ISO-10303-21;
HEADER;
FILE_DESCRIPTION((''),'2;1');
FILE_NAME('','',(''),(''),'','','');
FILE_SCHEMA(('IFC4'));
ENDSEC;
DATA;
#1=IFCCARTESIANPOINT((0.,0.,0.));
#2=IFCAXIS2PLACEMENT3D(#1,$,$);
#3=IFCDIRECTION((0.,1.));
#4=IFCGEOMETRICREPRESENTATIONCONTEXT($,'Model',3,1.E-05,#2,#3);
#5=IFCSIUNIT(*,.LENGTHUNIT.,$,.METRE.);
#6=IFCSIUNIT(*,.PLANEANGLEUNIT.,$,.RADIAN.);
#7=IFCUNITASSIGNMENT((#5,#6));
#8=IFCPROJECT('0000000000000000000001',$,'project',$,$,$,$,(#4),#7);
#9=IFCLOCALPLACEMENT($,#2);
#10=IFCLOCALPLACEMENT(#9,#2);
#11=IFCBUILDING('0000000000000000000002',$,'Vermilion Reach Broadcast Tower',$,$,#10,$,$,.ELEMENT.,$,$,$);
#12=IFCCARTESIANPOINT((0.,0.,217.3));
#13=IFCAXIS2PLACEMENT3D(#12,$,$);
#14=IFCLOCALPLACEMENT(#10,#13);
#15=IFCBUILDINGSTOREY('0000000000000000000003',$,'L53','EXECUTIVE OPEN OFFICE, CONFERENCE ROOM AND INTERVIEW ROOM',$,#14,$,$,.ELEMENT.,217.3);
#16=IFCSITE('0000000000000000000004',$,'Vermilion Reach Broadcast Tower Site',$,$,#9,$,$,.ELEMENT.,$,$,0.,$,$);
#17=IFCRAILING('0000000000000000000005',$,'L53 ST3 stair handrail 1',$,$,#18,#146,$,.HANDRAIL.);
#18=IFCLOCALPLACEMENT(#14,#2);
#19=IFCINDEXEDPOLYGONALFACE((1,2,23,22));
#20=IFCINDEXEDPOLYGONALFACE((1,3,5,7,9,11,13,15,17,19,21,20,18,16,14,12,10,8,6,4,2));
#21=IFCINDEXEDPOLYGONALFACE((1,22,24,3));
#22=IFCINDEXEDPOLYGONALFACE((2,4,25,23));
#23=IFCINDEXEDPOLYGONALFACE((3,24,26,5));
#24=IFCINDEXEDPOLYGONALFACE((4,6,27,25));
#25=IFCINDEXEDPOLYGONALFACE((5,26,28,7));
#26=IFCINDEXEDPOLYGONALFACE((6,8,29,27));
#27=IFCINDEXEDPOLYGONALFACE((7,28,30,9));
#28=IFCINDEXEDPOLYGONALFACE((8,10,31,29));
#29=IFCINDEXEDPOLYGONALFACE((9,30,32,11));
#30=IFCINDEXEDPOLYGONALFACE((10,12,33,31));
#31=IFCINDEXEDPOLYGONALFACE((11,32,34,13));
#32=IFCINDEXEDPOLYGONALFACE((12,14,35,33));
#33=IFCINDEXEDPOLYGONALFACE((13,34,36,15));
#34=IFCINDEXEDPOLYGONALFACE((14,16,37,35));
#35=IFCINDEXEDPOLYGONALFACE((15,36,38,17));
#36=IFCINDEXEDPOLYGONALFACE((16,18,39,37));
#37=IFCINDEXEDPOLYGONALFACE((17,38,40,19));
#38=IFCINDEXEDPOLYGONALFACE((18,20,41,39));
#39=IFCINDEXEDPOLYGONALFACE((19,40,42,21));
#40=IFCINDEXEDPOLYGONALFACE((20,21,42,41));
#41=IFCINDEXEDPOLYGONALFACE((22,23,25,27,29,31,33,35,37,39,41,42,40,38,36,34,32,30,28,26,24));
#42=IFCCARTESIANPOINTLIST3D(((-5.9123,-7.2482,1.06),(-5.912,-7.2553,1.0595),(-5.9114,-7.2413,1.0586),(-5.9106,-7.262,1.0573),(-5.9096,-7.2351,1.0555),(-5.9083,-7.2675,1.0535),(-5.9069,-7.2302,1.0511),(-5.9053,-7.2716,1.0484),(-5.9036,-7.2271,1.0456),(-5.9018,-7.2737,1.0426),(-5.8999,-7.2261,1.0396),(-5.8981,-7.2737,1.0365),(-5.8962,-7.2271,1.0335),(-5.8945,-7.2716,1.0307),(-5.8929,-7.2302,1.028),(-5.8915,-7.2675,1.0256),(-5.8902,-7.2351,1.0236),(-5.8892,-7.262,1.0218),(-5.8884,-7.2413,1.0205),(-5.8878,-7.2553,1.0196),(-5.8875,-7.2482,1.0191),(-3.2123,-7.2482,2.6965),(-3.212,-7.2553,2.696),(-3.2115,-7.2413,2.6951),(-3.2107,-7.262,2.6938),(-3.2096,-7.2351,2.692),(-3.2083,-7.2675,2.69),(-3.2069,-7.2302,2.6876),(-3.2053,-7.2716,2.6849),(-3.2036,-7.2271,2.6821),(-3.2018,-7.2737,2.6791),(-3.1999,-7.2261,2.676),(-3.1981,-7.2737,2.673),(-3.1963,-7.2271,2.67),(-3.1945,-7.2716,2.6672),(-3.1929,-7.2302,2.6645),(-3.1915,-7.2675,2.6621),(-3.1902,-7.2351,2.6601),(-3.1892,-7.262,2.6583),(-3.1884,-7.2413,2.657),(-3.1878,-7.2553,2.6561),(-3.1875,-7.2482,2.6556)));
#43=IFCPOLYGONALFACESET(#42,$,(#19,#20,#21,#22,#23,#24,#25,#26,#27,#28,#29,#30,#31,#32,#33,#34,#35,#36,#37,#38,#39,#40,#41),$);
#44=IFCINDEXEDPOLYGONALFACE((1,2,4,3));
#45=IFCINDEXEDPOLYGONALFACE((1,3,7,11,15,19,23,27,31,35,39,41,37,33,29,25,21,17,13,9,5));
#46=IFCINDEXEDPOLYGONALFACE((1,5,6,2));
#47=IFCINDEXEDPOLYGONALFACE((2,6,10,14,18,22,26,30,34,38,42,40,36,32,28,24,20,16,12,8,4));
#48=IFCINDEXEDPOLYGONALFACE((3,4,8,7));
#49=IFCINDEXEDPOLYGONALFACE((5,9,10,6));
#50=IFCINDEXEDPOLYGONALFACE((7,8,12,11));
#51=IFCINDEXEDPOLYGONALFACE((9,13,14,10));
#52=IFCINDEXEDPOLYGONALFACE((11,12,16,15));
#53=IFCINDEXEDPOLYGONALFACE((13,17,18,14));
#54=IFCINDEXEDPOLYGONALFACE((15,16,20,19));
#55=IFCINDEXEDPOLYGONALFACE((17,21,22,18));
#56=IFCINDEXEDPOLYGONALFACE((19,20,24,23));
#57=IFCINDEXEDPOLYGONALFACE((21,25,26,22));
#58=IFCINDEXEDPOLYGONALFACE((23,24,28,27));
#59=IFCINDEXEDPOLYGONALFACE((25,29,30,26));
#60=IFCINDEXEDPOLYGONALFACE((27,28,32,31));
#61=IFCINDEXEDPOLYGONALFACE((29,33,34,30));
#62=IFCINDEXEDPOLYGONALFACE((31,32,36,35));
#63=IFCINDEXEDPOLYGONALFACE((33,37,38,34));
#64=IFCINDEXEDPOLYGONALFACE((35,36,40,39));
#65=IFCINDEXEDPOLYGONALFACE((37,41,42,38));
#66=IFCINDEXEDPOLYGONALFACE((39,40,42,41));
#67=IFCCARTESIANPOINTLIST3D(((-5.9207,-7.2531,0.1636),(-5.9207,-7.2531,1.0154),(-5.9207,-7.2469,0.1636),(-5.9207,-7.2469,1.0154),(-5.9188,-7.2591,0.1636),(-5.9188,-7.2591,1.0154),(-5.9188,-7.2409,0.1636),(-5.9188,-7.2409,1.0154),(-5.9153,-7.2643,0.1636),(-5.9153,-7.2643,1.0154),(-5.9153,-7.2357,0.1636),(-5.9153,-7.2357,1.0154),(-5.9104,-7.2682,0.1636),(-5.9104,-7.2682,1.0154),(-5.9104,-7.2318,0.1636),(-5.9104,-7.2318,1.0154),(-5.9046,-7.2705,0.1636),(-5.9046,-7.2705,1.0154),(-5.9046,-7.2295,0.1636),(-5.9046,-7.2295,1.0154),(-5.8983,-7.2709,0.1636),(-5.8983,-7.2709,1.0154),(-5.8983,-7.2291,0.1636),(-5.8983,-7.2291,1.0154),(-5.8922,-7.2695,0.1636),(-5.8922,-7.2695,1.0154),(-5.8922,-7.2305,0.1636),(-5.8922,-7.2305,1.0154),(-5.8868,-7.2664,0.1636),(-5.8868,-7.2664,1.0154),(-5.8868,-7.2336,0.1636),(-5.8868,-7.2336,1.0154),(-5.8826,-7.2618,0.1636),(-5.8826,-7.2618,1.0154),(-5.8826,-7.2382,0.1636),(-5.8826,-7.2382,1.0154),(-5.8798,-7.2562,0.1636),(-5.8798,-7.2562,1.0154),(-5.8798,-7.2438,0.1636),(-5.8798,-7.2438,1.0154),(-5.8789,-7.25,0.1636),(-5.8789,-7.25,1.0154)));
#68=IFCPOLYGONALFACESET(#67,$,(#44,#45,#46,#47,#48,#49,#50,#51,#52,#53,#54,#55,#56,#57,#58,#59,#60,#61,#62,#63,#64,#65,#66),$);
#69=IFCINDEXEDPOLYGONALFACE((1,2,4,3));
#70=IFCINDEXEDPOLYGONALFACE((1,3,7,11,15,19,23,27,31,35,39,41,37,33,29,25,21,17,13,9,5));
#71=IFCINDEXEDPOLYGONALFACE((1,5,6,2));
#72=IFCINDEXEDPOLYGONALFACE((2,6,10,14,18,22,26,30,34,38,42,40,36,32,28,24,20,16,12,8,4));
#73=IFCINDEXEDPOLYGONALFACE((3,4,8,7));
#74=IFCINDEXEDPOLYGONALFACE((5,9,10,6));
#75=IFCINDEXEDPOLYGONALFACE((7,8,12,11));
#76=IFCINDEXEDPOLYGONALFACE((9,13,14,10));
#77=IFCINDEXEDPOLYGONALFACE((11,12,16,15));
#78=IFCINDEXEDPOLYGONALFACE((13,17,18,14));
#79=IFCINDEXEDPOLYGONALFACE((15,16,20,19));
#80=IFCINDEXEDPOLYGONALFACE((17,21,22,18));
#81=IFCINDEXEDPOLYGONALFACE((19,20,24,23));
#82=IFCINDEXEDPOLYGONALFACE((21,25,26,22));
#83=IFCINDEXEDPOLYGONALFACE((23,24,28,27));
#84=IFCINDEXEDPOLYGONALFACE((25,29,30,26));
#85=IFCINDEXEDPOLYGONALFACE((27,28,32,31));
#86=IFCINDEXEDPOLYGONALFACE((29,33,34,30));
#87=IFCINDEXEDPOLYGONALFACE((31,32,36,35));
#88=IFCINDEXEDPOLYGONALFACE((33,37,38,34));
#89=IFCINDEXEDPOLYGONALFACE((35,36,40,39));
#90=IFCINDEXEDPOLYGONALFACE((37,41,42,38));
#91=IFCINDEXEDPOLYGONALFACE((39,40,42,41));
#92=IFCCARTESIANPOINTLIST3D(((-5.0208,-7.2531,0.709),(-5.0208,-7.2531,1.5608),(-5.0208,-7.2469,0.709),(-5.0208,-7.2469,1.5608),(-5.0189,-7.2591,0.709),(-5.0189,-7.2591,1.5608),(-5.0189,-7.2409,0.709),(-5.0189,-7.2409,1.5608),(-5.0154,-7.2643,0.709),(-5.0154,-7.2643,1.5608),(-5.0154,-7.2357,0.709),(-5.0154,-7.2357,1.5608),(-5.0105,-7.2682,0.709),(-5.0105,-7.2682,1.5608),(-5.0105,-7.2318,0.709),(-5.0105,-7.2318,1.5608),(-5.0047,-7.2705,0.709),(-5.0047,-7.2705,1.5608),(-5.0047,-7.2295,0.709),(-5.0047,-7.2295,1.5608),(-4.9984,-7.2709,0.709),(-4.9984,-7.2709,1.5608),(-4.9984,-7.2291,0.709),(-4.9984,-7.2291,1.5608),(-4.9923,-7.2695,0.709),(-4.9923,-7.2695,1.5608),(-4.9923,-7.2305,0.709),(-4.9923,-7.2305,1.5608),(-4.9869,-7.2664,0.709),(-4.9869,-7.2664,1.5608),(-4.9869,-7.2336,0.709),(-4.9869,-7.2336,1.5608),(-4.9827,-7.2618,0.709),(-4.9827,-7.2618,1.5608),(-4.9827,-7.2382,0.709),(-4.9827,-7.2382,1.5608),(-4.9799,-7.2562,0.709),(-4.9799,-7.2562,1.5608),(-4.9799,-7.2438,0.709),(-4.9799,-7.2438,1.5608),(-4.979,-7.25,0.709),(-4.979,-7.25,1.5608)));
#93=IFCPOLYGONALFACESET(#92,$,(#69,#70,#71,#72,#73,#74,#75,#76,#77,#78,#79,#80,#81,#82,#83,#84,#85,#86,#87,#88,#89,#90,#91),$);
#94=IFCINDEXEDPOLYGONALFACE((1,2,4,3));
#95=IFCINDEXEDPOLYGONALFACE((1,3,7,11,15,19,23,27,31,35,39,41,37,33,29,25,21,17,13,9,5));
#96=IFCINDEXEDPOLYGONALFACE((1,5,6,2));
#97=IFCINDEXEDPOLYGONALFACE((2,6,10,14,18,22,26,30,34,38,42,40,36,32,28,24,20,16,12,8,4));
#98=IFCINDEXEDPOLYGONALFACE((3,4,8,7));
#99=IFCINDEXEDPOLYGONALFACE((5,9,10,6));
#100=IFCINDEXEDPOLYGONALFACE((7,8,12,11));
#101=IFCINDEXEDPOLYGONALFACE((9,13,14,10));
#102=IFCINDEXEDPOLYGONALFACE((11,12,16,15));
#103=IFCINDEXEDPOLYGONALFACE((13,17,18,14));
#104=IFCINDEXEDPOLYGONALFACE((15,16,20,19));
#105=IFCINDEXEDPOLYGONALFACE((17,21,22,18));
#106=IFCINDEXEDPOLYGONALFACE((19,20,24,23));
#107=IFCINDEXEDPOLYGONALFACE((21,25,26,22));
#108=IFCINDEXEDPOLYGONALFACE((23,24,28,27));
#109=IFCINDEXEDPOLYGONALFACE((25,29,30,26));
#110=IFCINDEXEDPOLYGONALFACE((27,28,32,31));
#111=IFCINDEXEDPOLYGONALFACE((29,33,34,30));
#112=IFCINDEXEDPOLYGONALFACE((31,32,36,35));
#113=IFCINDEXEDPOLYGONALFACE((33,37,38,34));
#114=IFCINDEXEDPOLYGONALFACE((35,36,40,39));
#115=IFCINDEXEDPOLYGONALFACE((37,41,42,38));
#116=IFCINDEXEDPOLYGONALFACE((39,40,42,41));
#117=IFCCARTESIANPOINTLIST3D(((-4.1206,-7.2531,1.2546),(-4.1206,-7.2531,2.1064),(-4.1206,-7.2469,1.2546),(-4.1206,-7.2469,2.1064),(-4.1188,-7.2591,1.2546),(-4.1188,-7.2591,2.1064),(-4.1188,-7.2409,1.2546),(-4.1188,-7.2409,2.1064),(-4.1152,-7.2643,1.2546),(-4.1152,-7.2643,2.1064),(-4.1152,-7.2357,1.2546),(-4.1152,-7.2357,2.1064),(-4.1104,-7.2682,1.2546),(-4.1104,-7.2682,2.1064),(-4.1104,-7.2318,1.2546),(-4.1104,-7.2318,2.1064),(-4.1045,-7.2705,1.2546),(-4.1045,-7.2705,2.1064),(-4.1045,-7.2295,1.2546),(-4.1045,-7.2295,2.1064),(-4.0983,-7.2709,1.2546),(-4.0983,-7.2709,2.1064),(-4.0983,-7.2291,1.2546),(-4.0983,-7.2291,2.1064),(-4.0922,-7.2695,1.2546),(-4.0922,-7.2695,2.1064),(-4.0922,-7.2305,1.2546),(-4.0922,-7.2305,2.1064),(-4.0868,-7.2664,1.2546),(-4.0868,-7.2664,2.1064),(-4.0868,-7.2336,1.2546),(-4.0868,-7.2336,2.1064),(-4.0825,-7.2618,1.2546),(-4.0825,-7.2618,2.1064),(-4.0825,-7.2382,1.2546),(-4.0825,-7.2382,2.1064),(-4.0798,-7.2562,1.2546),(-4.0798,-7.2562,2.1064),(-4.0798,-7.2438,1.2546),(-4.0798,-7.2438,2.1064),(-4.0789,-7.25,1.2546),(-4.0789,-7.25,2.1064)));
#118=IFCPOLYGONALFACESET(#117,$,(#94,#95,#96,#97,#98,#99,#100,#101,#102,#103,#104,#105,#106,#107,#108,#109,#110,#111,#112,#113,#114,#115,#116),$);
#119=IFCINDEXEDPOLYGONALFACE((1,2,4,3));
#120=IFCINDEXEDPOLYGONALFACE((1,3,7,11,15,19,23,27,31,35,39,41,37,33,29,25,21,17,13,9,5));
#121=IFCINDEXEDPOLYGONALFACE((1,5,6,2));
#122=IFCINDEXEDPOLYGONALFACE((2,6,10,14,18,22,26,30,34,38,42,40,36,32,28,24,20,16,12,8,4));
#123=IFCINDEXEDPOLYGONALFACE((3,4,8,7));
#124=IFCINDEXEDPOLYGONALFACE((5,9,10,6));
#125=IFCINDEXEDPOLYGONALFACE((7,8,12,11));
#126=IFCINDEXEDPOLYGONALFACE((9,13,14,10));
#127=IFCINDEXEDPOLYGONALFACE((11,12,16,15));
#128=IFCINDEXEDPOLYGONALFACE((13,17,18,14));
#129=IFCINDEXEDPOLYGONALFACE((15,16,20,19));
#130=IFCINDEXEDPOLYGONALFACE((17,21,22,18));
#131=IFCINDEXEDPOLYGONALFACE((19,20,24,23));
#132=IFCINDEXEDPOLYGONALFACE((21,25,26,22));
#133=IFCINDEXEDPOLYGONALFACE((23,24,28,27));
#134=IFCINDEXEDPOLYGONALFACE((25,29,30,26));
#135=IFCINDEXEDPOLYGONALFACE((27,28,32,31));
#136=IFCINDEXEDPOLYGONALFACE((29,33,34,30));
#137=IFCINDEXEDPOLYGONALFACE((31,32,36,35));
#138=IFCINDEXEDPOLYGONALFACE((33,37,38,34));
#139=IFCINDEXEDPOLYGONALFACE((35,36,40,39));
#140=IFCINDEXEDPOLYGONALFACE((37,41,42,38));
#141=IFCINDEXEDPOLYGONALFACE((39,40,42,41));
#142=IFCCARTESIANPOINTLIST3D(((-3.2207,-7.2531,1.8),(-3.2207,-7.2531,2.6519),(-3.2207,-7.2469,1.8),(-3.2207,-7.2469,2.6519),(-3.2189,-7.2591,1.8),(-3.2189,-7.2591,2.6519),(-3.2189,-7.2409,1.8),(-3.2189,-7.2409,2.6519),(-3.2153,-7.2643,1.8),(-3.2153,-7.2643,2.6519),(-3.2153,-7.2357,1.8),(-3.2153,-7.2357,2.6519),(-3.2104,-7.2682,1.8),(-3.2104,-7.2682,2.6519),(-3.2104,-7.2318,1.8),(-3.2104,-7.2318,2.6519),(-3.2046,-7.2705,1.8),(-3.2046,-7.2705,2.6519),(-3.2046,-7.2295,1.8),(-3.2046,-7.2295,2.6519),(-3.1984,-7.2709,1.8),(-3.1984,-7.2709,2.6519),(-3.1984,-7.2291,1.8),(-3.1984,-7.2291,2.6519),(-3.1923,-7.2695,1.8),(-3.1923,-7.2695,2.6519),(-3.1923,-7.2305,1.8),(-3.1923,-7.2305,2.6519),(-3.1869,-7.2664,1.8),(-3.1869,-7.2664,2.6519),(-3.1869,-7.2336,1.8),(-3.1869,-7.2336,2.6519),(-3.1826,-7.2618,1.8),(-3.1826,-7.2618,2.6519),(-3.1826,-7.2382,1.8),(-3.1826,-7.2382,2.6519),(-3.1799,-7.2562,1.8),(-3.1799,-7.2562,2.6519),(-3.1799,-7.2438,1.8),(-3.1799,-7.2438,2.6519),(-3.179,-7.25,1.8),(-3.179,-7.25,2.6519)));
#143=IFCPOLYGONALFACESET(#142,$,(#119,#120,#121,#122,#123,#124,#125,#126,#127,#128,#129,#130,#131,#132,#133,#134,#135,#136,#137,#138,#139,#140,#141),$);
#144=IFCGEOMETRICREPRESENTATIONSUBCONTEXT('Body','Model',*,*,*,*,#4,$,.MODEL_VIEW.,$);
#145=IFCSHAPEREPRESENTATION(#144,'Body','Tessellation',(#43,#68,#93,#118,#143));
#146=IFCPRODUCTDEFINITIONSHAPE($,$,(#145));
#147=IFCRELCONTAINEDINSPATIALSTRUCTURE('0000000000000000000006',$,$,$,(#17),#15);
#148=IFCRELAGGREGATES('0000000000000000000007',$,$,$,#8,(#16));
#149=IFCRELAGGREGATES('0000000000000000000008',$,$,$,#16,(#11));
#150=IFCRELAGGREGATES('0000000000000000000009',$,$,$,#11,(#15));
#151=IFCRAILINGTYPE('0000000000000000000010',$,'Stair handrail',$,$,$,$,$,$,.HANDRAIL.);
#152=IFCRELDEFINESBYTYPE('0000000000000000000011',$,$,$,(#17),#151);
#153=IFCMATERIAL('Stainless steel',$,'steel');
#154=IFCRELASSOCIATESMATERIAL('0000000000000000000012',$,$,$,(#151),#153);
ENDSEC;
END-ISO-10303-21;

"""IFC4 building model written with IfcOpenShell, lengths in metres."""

from ifc_helpers import new_model, si_unit, direction, frame, origin, origin_2d, place, context, subcontext, project, spatial, circle, extrude, material, type_object, element, save


model = new_model("IFC4")

# Units and contexts
model_context = context("Model", 3, precision=1e-05, world=origin(), true_north=direction((0.0, 1.0)))
body_context = subcontext(model_context, "Body", "Model", "MODEL_VIEW")
ifc_project = project(units=[si_unit("LENGTHUNIT", "METRE"), si_unit("PLANEANGLEUNIT", "RADIAN")], contexts=[model_context])

# Site, building, storey
site_placement = place(None, origin())
site = spatial("IfcSite", under=ifc_project, at=site_placement, Name="Vermilion Reach Broadcast Tower Site", CompositionType="ELEMENT", RefElevation=0.0)
building_placement = place(site_placement, origin())
building = spatial("IfcBuilding", under=site, at=building_placement, Name="Vermilion Reach Broadcast Tower", CompositionType="ELEMENT")
storey_placement = place(building_placement, frame((0.0, 0.0, 217.3)))
storey = spatial("IfcBuildingStorey", under=building, at=storey_placement, Name="L53", Description="EXECUTIVE OPEN OFFICE, CONFERENCE ROOM AND INTERVIEW ROOM", CompositionType="ELEMENT", Elevation=217.3)

# Railing
ifc_material_1 = material(Name="Stainless steel", Category="steel")
railing_type_1 = type_object("IfcRailingType", Name="Stair handrail", PredefinedType="HANDRAIL", material=ifc_material_1)
railing_1_placement = place(storey_placement, frame((-5.8999, -7.25, 0.1636)))
element("IfcRailing", 1, at=railing_1_placement, inside=storey, type_object=railing_type_1, Name="L53 ST3 stair handrail 1", PredefinedType="HANDRAIL", context=body_context, shape_type="SweptSolid", body=[
    extrude(circle(Radius=0.0239, at=origin_2d()), frame((0.0, 0.0, 0.876), z_axis=(0.855178, 0.0, 0.518334), x_axis=(0.0, 1.0, 0.0)), (0.0, 0.0, 1.0), 3.1572),
    extrude(circle(Radius=0.021, at=origin_2d()), origin(), (0.0, 0.0, 1.0), 0.8518),
    extrude(circle(Radius=0.021, at=origin_2d()), frame((0.8999, 0.0, 0.5454)), (0.0, 0.0, 1.0), 0.8518),
    extrude(circle(Radius=0.021, at=origin_2d()), frame((1.8, 0.0, 1.0911)), (0.0, 0.0, 1.0), 0.8518),
    extrude(circle(Radius=0.021, at=origin_2d()), frame((2.7, 0.0, 1.6365)), (0.0, 0.0, 1.0), 0.8518),
])

save(model, "model.ifc")
